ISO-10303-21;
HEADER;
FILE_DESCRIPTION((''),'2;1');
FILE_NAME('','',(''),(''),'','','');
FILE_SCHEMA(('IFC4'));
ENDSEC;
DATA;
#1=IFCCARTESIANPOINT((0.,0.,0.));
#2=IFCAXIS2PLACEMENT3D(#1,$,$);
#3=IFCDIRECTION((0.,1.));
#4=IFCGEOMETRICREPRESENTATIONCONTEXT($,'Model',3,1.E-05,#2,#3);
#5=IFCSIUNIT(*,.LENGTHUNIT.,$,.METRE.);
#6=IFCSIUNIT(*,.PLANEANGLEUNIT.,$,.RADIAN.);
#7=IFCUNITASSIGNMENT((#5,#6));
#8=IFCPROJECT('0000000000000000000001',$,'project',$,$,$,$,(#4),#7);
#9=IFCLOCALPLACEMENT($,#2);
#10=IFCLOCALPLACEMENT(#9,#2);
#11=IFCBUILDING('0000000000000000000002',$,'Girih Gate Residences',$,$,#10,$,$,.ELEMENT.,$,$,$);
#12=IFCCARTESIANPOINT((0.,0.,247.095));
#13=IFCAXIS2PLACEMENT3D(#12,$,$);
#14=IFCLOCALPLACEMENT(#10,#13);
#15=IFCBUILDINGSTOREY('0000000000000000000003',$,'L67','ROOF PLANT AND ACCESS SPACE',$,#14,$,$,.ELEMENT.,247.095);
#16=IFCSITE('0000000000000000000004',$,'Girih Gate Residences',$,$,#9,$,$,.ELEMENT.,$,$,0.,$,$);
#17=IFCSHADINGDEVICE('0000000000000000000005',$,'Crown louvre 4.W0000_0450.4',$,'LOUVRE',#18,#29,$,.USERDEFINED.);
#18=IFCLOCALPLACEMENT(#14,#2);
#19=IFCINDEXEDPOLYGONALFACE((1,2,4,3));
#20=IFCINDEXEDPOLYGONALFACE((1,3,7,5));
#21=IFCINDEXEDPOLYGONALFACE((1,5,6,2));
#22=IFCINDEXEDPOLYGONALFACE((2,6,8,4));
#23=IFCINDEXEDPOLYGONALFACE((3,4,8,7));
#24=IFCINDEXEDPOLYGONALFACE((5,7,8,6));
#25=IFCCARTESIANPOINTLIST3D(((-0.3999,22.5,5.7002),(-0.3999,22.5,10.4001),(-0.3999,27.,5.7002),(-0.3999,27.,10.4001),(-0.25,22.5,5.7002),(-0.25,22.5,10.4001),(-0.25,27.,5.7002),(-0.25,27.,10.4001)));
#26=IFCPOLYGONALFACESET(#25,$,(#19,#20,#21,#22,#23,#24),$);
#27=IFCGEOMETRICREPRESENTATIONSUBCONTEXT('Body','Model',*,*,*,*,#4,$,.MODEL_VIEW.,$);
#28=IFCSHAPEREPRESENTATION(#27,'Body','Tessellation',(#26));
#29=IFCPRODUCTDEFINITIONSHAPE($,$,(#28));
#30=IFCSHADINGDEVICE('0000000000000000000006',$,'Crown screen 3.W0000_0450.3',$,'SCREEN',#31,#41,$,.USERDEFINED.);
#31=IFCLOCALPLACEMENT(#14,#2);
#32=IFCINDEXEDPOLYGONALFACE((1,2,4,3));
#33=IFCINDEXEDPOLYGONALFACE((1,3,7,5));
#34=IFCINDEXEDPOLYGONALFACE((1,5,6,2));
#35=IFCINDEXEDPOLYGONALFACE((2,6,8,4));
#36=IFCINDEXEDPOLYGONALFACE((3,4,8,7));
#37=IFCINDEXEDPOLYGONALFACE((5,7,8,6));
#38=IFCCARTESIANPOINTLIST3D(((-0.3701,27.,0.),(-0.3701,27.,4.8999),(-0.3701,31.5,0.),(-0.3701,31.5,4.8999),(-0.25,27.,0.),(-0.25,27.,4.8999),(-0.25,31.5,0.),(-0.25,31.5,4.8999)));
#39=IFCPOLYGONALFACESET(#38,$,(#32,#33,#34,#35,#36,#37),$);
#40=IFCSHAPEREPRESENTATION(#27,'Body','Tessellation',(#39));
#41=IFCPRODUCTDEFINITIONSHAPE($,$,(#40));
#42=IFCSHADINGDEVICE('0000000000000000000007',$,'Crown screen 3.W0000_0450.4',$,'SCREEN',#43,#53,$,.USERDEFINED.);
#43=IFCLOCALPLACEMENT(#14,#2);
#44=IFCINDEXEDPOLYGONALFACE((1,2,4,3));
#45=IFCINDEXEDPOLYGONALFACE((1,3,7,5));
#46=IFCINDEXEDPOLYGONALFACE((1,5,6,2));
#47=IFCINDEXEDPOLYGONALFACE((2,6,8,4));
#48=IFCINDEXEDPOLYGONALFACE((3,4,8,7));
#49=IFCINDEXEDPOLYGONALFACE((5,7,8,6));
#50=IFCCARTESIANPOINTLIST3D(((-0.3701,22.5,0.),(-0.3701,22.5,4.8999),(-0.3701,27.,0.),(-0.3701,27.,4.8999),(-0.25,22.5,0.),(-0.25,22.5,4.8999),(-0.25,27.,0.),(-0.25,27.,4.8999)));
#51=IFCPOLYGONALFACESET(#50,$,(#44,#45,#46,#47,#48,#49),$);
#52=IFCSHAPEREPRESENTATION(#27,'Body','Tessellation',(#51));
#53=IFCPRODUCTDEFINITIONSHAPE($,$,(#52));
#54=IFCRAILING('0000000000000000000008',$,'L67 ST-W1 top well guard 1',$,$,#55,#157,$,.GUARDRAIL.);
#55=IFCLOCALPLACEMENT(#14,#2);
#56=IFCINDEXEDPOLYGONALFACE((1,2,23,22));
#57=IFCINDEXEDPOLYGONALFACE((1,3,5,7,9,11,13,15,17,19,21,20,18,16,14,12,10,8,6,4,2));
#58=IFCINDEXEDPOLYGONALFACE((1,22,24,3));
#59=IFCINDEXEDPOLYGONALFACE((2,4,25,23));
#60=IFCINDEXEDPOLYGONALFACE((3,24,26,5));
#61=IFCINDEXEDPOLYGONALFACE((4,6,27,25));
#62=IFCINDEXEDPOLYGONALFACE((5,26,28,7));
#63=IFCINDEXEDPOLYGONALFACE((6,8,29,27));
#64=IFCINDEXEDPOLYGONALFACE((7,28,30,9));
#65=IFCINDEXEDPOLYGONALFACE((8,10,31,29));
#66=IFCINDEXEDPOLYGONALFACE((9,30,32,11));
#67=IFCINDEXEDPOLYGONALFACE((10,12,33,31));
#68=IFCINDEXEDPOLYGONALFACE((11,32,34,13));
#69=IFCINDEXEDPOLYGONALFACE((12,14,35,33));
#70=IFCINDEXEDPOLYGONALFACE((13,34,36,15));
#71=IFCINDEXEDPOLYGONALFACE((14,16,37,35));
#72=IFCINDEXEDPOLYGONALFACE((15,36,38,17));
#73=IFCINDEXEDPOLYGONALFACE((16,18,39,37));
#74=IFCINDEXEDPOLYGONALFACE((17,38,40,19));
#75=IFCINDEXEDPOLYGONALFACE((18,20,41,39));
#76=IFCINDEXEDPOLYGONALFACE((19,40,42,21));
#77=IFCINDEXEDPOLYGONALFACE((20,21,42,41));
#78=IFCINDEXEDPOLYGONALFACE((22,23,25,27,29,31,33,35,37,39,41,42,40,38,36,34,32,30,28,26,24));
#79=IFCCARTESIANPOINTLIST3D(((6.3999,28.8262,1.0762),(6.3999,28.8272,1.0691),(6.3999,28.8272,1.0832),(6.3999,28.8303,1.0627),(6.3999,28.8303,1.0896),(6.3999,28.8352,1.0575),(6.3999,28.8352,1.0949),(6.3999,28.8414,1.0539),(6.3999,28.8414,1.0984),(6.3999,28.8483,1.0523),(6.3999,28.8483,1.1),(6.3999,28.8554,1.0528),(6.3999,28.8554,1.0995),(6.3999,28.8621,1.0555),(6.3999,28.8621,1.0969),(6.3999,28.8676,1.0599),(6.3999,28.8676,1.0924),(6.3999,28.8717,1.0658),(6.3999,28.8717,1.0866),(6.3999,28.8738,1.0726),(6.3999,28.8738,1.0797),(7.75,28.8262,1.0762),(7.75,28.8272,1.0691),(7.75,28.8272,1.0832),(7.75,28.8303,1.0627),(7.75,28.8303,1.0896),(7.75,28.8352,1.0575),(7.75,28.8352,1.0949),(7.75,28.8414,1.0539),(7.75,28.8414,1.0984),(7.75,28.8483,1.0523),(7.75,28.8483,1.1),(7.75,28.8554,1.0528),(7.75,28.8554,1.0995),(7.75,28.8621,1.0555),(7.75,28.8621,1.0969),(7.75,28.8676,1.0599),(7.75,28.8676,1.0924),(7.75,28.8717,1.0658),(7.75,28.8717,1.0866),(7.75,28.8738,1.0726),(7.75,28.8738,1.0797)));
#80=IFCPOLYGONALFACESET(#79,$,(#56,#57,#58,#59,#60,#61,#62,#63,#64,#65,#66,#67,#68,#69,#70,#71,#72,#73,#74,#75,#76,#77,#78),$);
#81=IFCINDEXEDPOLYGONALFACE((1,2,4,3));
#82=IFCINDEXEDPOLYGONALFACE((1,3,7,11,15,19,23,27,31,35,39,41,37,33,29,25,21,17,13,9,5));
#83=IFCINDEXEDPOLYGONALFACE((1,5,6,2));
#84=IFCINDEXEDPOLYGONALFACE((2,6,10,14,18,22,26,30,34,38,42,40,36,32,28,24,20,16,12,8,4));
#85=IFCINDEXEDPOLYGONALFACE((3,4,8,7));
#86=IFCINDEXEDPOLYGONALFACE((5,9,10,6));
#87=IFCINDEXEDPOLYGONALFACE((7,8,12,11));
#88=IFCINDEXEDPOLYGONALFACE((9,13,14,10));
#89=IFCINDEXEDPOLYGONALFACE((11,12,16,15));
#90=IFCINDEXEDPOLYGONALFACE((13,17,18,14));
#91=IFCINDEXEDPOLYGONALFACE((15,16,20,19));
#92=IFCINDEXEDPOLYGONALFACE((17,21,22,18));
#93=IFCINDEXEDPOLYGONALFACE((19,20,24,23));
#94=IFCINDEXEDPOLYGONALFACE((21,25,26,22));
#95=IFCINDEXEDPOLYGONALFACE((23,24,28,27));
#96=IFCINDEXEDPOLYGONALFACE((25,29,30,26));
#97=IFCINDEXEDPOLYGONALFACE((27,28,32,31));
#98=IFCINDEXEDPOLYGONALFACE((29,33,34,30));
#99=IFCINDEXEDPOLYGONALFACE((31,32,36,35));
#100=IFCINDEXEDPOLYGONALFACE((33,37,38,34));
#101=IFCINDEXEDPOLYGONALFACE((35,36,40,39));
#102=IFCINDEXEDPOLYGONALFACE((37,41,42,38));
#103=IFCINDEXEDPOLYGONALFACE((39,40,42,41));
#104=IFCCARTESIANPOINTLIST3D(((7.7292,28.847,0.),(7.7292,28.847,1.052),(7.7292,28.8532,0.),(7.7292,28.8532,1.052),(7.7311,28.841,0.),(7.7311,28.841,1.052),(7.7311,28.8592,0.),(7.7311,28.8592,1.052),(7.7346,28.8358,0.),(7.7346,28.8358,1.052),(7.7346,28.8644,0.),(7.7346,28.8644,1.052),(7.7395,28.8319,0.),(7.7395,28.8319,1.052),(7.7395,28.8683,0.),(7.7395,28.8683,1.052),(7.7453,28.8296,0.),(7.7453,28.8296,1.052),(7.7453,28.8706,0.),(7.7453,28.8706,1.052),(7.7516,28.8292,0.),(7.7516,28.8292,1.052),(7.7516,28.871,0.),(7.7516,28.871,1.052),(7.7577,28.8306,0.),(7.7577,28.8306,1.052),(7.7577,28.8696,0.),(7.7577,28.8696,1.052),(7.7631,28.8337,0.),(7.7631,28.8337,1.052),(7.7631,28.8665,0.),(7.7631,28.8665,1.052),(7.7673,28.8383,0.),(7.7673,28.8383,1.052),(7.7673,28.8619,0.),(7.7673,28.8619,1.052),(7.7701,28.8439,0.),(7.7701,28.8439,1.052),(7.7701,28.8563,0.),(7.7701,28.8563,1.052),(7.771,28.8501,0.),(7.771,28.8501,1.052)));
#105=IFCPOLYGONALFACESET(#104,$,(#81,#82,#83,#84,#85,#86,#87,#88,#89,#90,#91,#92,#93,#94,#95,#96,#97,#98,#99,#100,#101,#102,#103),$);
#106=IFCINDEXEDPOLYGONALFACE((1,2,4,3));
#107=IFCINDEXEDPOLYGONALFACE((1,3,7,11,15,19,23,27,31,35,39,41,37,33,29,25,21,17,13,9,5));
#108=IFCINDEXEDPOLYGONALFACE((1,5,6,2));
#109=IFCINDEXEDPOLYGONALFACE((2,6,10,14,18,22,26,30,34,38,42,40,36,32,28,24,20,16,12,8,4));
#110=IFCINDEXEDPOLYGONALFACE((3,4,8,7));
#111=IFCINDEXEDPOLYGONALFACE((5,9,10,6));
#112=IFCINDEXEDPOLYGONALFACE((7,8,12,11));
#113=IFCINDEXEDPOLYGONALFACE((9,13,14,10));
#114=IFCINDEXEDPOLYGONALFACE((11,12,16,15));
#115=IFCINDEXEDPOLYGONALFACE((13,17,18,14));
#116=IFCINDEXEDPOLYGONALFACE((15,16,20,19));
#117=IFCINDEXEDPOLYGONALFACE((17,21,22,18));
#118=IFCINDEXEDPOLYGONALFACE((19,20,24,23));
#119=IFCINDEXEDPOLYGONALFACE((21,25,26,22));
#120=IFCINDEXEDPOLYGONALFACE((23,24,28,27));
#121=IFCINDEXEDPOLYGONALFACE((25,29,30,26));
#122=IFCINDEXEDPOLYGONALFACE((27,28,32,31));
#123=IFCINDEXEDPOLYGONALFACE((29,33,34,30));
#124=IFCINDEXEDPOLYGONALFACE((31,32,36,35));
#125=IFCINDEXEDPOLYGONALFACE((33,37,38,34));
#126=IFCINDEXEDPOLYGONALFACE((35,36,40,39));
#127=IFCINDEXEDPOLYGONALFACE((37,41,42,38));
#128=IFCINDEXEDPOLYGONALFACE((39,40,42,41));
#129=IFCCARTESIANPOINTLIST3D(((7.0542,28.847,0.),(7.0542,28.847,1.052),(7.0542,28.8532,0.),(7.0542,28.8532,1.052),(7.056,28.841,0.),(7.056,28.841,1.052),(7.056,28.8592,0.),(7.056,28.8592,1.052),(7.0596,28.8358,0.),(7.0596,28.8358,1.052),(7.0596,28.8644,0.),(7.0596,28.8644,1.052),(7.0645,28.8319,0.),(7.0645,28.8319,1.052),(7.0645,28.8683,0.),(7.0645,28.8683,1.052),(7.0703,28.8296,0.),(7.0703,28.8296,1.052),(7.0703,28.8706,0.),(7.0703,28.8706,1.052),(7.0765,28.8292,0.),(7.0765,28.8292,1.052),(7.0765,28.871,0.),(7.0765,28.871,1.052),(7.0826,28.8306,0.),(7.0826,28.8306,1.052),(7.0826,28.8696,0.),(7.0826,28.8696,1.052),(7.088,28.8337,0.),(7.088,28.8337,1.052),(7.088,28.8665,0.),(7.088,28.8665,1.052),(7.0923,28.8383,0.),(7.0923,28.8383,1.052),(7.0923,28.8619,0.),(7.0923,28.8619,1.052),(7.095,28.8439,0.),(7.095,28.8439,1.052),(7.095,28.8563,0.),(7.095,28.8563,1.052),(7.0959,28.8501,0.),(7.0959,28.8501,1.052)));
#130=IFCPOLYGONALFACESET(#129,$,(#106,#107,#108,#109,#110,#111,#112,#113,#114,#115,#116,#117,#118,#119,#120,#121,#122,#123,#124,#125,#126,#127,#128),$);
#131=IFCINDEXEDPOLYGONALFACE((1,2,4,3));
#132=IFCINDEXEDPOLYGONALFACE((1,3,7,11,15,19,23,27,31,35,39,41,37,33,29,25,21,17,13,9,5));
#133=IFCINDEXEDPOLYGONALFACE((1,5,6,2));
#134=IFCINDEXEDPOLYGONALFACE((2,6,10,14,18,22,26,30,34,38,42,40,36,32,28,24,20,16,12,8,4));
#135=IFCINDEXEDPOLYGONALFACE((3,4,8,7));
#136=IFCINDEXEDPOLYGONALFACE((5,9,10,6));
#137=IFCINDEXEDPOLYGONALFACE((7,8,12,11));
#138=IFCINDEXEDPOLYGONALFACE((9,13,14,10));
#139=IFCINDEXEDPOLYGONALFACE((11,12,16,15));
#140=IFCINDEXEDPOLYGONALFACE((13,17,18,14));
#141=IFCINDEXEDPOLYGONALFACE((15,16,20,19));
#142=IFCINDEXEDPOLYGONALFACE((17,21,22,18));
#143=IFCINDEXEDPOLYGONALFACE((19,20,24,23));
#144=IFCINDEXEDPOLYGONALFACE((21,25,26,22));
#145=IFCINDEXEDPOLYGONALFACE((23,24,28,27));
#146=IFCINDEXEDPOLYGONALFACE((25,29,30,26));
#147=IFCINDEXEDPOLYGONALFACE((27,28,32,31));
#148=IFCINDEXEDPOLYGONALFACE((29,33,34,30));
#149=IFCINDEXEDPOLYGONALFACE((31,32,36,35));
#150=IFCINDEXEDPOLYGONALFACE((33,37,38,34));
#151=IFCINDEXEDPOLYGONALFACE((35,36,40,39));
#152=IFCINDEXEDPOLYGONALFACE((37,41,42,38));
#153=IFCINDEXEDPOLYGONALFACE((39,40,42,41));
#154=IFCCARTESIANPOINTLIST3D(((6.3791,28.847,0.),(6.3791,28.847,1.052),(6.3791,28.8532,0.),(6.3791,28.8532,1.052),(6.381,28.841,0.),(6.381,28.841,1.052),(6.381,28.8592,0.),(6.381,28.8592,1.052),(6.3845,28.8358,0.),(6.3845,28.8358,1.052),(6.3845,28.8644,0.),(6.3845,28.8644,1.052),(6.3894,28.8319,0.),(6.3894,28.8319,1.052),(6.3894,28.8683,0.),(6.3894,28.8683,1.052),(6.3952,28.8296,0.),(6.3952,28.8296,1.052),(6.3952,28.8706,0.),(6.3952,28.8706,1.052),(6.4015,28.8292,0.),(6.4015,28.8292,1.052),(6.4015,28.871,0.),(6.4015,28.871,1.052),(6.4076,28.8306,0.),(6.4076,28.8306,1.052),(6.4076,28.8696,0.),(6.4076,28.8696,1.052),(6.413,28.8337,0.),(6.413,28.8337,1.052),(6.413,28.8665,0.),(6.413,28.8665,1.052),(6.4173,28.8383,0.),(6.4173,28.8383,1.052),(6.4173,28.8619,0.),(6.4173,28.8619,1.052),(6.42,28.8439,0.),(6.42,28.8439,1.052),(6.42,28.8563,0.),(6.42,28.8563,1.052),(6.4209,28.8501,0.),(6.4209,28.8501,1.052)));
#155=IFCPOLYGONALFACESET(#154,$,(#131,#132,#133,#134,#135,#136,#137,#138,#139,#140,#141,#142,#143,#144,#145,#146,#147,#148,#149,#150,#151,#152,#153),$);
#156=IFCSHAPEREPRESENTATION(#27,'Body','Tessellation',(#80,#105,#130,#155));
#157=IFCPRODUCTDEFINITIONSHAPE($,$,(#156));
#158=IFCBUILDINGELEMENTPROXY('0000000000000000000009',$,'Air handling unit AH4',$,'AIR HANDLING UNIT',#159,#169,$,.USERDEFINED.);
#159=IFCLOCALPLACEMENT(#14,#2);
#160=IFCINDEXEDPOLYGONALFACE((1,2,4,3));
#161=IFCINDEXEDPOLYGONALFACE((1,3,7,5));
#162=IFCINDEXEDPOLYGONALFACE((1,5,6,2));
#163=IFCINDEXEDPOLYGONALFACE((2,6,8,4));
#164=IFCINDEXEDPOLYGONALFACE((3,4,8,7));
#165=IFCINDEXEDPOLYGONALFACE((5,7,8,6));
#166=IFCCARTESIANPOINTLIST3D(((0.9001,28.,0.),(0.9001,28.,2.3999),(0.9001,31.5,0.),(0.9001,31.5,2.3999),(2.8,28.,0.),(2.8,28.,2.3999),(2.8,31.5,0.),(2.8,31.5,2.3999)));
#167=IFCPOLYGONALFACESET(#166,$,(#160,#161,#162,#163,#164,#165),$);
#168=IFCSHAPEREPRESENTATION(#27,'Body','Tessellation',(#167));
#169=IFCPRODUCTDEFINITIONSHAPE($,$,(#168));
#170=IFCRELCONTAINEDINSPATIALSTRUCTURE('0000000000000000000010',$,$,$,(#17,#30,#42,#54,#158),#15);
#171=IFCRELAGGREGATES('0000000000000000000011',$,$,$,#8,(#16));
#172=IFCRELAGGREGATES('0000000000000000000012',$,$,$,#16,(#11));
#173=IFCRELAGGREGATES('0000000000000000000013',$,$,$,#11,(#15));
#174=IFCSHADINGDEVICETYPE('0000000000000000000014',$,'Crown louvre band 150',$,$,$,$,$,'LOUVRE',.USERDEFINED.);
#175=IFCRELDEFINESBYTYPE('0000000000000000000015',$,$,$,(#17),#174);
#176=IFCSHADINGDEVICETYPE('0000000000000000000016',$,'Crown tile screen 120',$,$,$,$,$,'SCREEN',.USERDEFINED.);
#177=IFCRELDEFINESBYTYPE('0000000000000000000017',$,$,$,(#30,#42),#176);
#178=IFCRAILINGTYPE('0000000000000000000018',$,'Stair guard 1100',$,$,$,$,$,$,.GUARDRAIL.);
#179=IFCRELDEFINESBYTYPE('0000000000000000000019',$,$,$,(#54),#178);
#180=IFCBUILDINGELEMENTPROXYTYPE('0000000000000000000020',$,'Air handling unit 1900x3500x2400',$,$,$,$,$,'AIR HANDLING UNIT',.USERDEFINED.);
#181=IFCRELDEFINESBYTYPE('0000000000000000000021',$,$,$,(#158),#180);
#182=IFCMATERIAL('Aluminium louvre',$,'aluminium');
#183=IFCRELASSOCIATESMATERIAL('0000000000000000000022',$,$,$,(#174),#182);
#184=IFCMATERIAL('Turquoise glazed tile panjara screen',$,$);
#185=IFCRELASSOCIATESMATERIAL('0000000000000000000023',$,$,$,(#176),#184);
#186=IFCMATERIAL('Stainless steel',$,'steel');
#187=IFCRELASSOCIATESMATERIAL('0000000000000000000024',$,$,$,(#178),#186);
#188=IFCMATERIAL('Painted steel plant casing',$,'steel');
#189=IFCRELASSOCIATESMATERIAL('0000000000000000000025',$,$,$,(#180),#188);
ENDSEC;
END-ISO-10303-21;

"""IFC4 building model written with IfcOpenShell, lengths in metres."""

from ifc_helpers import new_model, si_unit, direction, frame, origin, origin_2d, place, context, subcontext, project, spatial, rectangle, circle, extrude, material, type_object, element, save


model = new_model("IFC4")

# Units and contexts
model_context = context("Model", 3, precision=1e-05, world=origin(), true_north=direction((0.0, 1.0)))
body_context = subcontext(model_context, "Body", "Model", "MODEL_VIEW")
ifc_project = project(units=[si_unit("LENGTHUNIT", "METRE"), si_unit("PLANEANGLEUNIT", "RADIAN")], contexts=[model_context])

# Site, building, storey
site_placement = place(None, origin())
site = spatial("IfcSite", under=ifc_project, at=site_placement, Name="Girih Gate Residences", CompositionType="ELEMENT", RefElevation=0.0)
building_placement = place(site_placement, origin())
building = spatial("IfcBuilding", under=site, at=building_placement, Name="Girih Gate Residences", CompositionType="ELEMENT")
storey_placement = place(building_placement, frame((0.0, 0.0, 247.095)))
storey = spatial("IfcBuildingStorey", under=building, at=storey_placement, Name="L67", Description="ROOF PLANT AND ACCESS SPACE", CompositionType="ELEMENT", Elevation=247.095)

# Shading devices
ifc_material_1 = material(Name="Aluminium louvre", Category="aluminium")
shading_device_type_1 = type_object("IfcShadingDeviceType", Name="Crown louvre band 150", ElementType="LOUVRE", PredefinedType="USERDEFINED", material=ifc_material_1)
for number, where, z_axis, x_axis, name in (
    (1, (-0.325, 24.75, 5.7002), (0.0, 0.0, 1.0), (0.0, -1.0, 0.0), "Crown louvre 4.W0000_0450.4"),
):
    element("IfcShadingDevice", number, at=place(storey_placement, frame(where, z_axis=z_axis, x_axis=x_axis)), inside=storey, type_object=shading_device_type_1, Name=name, ObjectType="LOUVRE", PredefinedType="USERDEFINED", context=body_context, shape_type="SweptSolid", body=[
        extrude(rectangle(XDim=4.5, YDim=0.1499, at=origin_2d()), origin(), (0.0, 0.0, 1.0), 4.7),
    ])
ifc_material_2 = material(Name="Turquoise glazed tile panjara screen")
shading_device_type_2 = type_object("IfcShadingDeviceType", Name="Crown tile screen 120", ElementType="SCREEN", PredefinedType="USERDEFINED", material=ifc_material_2)
for number, where, z_axis, x_axis, name in (
    (2, (-0.3101, 29.25, 0.0), (0.0, 0.0, 1.0), (0.0, -1.0, 0.0), "Crown screen 3.W0000_0450.3"),
    (3, (-0.3101, 24.75, 0.0), (0.0, 0.0, 1.0), (0.0, -1.0, 0.0), "Crown screen 3.W0000_0450.4"),
):
    element("IfcShadingDevice", number, at=place(storey_placement, frame(where, z_axis=z_axis, x_axis=x_axis)), inside=storey, type_object=shading_device_type_2, Name=name, ObjectType="SCREEN", PredefinedType="USERDEFINED", context=body_context, shape_type="SweptSolid", body=[
        extrude(rectangle(XDim=4.5, YDim=0.1201, at=origin_2d()), origin(), (0.0, 0.0, 1.0), 4.8999),
    ])

# Railing
ifc_material_3 = material(Name="Stainless steel", Category="steel")
railing_type = type_object("IfcRailingType", Name="Stair guard 1100", PredefinedType="GUARDRAIL", material=ifc_material_3)
railing_placement = place(storey_placement, frame((7.75, 28.8501, 0.0)))
element("IfcRailing", 4, at=railing_placement, inside=storey, type_object=railing_type, Name="L67 ST-W1 top well guard 1", PredefinedType="GUARDRAIL", context=body_context, shape_type="SweptSolid", body=[
    extrude(circle(Radius=0.0239, at=origin_2d()), frame((0.0, 0.0, 1.0762), z_axis=(-1.0, 0.0, 0.0), x_axis=(0.0, -1.0, 0.0)), (0.0, 0.0, 1.0), 1.3501),
    extrude(circle(Radius=0.021, at=origin_2d()), origin(), (0.0, 0.0, 1.0), 1.052),
    extrude(circle(Radius=0.021, at=origin_2d()), frame((-0.675, 0.0, 0.0)), (0.0, 0.0, 1.0), 1.052),
    extrude(circle(Radius=0.021, at=origin_2d()), frame((-1.3501, 0.0, 0.0)), (0.0, 0.0, 1.0), 1.052),
])

# Building element proxy
ifc_material_4 = material(Name="Painted steel plant casing", Category="steel")
building_element_proxy_type = type_object("IfcBuildingElementProxyType", Name="Air handling unit 1900x3500x2400", ElementType="AIR HANDLING UNIT", PredefinedType="USERDEFINED", material=ifc_material_4)
proxy_placement = place(storey_placement, frame((1.8501, 29.75, 0.0), z_axis=(0.0, 0.0, 1.0), x_axis=(1.0, 0.0, 0.0)))
element("IfcBuildingElementProxy", 5, at=proxy_placement, inside=storey, type_object=building_element_proxy_type, Name="Air handling unit AH4", ObjectType="AIR HANDLING UNIT", PredefinedType="USERDEFINED", context=body_context, shape_type="SweptSolid", body=[
    extrude(rectangle(XDim=1.8999, YDim=3.5, at=origin_2d()), origin(), (0.0, 0.0, 1.0), 2.3999),
])

save(model, "model.ifc")
